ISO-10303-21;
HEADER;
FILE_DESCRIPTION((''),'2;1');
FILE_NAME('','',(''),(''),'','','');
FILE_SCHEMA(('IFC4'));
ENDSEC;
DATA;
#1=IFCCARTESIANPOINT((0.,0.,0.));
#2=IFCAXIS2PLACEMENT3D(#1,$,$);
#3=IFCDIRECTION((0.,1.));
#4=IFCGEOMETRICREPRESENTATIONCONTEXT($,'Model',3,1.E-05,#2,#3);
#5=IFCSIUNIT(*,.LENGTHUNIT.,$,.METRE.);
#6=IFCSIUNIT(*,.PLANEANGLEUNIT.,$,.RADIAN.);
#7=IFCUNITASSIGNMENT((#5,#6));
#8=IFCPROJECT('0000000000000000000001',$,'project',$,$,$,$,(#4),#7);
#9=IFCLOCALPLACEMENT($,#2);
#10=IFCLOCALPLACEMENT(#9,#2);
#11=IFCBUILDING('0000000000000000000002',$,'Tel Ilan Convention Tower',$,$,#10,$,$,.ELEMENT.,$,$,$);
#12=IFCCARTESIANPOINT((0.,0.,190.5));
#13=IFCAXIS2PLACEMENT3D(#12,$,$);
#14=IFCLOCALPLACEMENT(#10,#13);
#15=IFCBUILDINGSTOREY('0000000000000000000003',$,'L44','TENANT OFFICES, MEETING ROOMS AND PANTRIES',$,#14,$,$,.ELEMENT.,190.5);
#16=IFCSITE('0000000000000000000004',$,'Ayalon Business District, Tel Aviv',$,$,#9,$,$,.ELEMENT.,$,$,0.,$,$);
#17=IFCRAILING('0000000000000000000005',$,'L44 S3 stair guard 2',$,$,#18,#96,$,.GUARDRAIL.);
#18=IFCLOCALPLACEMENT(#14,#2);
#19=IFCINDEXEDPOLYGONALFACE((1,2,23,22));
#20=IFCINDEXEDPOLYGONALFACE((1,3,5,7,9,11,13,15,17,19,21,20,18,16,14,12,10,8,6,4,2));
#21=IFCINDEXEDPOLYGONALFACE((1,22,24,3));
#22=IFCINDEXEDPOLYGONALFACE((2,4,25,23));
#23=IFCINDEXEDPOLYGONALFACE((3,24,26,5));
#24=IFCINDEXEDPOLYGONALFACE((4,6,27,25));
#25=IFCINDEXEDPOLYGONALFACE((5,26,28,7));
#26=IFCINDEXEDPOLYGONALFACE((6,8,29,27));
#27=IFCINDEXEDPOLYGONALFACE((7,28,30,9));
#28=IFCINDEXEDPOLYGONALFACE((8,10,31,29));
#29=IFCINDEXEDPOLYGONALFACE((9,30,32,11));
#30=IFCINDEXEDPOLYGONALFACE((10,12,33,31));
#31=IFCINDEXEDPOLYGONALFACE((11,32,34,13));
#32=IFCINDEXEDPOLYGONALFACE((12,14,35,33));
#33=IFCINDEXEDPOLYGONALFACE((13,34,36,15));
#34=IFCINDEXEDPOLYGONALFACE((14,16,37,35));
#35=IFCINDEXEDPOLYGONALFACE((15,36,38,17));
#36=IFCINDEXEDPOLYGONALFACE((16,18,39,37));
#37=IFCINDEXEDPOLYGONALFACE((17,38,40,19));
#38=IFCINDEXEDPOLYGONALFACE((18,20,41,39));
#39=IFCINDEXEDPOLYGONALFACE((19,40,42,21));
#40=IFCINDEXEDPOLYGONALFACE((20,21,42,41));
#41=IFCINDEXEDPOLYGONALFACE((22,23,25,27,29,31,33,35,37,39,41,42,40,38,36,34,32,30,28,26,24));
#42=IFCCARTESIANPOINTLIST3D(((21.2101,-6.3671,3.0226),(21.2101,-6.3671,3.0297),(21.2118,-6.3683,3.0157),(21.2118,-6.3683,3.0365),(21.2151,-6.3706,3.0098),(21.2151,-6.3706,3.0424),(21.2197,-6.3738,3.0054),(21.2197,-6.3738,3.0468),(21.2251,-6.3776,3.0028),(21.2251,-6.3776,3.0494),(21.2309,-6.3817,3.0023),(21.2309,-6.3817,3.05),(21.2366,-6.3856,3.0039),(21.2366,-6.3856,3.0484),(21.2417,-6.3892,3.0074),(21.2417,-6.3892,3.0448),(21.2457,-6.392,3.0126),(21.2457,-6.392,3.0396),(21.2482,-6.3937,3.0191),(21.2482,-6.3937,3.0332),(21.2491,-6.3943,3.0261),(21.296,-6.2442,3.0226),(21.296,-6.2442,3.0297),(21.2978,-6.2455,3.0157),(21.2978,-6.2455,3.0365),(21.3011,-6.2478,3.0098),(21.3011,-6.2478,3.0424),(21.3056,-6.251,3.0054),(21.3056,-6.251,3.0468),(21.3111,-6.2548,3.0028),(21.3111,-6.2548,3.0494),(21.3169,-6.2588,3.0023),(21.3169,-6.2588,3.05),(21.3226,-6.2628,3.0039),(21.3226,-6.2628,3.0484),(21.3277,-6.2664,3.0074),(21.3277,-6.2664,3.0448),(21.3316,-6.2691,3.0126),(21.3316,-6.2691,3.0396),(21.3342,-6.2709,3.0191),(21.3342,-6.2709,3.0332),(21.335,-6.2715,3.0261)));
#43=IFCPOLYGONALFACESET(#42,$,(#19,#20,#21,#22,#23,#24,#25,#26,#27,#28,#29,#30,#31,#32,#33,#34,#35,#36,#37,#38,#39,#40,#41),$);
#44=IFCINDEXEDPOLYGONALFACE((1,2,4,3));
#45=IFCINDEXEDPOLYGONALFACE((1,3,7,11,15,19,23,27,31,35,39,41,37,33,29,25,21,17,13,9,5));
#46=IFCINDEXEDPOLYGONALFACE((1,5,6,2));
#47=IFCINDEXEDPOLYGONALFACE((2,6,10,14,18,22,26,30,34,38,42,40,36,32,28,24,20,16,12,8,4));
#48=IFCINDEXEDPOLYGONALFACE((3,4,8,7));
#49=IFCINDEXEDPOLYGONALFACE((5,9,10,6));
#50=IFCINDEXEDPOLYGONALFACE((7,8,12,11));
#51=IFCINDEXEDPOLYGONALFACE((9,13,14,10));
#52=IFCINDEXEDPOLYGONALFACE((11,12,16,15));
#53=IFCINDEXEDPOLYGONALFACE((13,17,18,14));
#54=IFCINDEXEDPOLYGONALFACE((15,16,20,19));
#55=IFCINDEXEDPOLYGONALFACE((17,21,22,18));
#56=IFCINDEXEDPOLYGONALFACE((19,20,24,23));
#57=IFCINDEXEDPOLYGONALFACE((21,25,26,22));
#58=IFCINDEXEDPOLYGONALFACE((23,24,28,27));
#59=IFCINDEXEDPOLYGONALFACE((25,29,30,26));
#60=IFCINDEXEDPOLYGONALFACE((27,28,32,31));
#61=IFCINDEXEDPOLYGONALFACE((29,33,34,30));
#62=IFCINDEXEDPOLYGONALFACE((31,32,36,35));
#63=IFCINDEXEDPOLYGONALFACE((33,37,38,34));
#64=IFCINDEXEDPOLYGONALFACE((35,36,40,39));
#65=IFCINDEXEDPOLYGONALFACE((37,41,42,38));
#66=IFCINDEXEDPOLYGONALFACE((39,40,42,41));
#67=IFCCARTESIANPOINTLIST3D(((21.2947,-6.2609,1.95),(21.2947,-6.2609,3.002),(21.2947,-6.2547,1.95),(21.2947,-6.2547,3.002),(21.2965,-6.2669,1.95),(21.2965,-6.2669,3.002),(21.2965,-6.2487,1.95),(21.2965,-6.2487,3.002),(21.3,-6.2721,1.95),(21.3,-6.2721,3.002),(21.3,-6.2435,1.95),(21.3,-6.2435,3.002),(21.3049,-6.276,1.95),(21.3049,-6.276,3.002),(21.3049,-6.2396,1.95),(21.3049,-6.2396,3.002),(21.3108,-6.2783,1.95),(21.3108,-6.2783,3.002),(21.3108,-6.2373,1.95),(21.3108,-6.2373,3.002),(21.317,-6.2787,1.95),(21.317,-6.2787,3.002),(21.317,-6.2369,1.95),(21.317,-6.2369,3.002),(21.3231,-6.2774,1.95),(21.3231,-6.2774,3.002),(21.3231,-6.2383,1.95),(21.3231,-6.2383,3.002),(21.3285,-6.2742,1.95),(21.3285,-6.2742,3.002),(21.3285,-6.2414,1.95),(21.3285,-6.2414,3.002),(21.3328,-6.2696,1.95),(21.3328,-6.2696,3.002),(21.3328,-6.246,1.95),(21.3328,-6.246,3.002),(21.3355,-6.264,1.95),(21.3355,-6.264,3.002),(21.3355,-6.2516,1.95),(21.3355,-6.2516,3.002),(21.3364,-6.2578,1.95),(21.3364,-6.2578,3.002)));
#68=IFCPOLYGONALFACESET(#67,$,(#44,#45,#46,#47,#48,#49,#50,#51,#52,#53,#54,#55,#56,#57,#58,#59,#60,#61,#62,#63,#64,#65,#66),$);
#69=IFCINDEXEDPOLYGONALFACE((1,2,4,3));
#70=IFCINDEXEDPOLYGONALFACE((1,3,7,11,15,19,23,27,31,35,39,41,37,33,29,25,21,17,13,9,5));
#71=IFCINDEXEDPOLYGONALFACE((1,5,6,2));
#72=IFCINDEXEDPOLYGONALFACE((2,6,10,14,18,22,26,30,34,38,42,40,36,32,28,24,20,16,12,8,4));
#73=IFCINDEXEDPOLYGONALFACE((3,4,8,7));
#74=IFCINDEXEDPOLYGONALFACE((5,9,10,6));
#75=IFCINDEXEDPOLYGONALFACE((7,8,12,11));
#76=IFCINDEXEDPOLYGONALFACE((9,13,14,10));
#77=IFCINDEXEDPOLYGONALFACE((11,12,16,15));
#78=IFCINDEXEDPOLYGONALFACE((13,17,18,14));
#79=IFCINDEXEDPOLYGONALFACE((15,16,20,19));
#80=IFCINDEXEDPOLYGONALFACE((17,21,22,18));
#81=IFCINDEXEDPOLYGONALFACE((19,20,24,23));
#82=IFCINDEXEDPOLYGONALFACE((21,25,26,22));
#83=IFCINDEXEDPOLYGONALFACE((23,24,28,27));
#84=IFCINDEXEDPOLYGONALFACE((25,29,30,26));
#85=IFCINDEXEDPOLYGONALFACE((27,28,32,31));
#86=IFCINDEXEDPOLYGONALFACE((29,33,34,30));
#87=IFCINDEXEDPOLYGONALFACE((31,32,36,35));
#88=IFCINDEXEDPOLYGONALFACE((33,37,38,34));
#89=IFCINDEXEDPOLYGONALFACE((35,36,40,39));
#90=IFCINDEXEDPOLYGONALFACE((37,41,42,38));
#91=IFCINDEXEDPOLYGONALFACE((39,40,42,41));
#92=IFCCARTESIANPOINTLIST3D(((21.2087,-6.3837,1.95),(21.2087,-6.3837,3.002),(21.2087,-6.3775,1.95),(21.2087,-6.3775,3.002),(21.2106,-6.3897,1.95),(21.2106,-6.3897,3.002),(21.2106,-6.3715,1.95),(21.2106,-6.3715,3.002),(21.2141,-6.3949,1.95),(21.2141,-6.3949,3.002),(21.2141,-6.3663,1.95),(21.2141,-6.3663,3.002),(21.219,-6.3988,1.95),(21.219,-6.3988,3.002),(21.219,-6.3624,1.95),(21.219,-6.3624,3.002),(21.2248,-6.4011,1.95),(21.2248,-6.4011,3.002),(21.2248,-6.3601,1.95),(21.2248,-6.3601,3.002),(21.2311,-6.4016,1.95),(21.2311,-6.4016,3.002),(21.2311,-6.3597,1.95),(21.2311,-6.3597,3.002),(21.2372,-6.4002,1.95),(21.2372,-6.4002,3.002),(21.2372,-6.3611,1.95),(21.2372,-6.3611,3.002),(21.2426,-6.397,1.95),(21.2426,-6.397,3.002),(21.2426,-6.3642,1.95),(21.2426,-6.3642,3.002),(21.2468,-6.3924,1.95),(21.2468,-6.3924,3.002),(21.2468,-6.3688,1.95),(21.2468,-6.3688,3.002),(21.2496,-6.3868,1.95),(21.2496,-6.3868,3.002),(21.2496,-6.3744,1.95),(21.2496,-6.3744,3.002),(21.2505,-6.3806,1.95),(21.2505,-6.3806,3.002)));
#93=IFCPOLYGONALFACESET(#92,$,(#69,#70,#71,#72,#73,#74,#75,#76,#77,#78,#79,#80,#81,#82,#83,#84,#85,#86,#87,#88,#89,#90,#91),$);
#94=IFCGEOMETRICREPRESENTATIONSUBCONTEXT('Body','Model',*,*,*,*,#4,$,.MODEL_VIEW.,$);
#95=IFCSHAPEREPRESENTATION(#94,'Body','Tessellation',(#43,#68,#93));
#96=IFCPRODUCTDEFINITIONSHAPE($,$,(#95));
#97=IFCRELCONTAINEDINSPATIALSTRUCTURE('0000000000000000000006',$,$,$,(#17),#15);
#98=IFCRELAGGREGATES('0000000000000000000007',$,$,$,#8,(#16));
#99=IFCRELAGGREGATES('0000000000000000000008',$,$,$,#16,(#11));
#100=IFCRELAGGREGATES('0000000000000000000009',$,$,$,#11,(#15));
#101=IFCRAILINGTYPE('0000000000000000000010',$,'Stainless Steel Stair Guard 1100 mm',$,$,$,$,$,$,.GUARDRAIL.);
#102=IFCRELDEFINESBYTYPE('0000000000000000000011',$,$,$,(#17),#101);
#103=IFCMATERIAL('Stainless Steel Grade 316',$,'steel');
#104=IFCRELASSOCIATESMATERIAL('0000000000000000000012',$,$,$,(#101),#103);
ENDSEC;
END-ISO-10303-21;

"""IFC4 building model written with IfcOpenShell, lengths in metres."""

from ifc_helpers import new_model, si_unit, direction, frame, origin, origin_2d, place, context, subcontext, project, spatial, circle, extrude, material, type_object, element, save


model = new_model("IFC4")

# Units and contexts
model_context = context("Model", 3, precision=1e-05, world=origin(), true_north=direction((0.0, 1.0)))
body_context = subcontext(model_context, "Body", "Model", "MODEL_VIEW")
ifc_project = project(units=[si_unit("LENGTHUNIT", "METRE"), si_unit("PLANEANGLEUNIT", "RADIAN")], contexts=[model_context])

# Site, building, storey
site_placement = place(None, origin())
site = spatial("IfcSite", under=ifc_project, at=site_placement, Name="Ayalon Business District, Tel Aviv", CompositionType="ELEMENT", RefElevation=0.0)
building_placement = place(site_placement, origin())
building = spatial("IfcBuilding", under=site, at=building_placement, Name="Tel Ilan Convention Tower", CompositionType="ELEMENT")
storey_placement = place(building_placement, frame((0.0, 0.0, 190.5)))
storey = spatial("IfcBuildingStorey", under=building, at=storey_placement, Name="L44", Description="TENANT OFFICES, MEETING ROOMS AND PANTRIES", CompositionType="ELEMENT", Elevation=190.5)

# Railing
ifc_material_1 = material(Name="Stainless Steel Grade 316", Category="steel")
railing_type_1 = type_object("IfcRailingType", Name="Stainless Steel Stair Guard 1100 mm", PredefinedType="GUARDRAIL", material=ifc_material_1)
railing_1_placement = place(storey_placement, frame((21.3154, -6.2578, 1.95)))
element("IfcRailing", 1, at=railing_1_placement, inside=storey, type_object=railing_type_1, Name="L44 S3 stair guard 2", PredefinedType="GUARDRAIL", context=body_context, shape_type="SweptSolid", body=[
    extrude(circle(Radius=0.0239, at=origin_2d()), frame((0.0, 0.0, 1.0762), z_axis=(-0.573353, -0.819308, 0.0), x_axis=(0.819308, -0.573353, 0.0)), (0.0, 0.0, 1.0), 0.1499),
    extrude(circle(Radius=0.021, at=origin_2d()), origin(), (0.0, 0.0, 1.0), 1.052),
    extrude(circle(Radius=0.021, at=origin_2d()), frame((-0.0859, -0.1228, 0.0)), (0.0, 0.0, 1.0), 1.052),
])

save(model, "model.ifc")
